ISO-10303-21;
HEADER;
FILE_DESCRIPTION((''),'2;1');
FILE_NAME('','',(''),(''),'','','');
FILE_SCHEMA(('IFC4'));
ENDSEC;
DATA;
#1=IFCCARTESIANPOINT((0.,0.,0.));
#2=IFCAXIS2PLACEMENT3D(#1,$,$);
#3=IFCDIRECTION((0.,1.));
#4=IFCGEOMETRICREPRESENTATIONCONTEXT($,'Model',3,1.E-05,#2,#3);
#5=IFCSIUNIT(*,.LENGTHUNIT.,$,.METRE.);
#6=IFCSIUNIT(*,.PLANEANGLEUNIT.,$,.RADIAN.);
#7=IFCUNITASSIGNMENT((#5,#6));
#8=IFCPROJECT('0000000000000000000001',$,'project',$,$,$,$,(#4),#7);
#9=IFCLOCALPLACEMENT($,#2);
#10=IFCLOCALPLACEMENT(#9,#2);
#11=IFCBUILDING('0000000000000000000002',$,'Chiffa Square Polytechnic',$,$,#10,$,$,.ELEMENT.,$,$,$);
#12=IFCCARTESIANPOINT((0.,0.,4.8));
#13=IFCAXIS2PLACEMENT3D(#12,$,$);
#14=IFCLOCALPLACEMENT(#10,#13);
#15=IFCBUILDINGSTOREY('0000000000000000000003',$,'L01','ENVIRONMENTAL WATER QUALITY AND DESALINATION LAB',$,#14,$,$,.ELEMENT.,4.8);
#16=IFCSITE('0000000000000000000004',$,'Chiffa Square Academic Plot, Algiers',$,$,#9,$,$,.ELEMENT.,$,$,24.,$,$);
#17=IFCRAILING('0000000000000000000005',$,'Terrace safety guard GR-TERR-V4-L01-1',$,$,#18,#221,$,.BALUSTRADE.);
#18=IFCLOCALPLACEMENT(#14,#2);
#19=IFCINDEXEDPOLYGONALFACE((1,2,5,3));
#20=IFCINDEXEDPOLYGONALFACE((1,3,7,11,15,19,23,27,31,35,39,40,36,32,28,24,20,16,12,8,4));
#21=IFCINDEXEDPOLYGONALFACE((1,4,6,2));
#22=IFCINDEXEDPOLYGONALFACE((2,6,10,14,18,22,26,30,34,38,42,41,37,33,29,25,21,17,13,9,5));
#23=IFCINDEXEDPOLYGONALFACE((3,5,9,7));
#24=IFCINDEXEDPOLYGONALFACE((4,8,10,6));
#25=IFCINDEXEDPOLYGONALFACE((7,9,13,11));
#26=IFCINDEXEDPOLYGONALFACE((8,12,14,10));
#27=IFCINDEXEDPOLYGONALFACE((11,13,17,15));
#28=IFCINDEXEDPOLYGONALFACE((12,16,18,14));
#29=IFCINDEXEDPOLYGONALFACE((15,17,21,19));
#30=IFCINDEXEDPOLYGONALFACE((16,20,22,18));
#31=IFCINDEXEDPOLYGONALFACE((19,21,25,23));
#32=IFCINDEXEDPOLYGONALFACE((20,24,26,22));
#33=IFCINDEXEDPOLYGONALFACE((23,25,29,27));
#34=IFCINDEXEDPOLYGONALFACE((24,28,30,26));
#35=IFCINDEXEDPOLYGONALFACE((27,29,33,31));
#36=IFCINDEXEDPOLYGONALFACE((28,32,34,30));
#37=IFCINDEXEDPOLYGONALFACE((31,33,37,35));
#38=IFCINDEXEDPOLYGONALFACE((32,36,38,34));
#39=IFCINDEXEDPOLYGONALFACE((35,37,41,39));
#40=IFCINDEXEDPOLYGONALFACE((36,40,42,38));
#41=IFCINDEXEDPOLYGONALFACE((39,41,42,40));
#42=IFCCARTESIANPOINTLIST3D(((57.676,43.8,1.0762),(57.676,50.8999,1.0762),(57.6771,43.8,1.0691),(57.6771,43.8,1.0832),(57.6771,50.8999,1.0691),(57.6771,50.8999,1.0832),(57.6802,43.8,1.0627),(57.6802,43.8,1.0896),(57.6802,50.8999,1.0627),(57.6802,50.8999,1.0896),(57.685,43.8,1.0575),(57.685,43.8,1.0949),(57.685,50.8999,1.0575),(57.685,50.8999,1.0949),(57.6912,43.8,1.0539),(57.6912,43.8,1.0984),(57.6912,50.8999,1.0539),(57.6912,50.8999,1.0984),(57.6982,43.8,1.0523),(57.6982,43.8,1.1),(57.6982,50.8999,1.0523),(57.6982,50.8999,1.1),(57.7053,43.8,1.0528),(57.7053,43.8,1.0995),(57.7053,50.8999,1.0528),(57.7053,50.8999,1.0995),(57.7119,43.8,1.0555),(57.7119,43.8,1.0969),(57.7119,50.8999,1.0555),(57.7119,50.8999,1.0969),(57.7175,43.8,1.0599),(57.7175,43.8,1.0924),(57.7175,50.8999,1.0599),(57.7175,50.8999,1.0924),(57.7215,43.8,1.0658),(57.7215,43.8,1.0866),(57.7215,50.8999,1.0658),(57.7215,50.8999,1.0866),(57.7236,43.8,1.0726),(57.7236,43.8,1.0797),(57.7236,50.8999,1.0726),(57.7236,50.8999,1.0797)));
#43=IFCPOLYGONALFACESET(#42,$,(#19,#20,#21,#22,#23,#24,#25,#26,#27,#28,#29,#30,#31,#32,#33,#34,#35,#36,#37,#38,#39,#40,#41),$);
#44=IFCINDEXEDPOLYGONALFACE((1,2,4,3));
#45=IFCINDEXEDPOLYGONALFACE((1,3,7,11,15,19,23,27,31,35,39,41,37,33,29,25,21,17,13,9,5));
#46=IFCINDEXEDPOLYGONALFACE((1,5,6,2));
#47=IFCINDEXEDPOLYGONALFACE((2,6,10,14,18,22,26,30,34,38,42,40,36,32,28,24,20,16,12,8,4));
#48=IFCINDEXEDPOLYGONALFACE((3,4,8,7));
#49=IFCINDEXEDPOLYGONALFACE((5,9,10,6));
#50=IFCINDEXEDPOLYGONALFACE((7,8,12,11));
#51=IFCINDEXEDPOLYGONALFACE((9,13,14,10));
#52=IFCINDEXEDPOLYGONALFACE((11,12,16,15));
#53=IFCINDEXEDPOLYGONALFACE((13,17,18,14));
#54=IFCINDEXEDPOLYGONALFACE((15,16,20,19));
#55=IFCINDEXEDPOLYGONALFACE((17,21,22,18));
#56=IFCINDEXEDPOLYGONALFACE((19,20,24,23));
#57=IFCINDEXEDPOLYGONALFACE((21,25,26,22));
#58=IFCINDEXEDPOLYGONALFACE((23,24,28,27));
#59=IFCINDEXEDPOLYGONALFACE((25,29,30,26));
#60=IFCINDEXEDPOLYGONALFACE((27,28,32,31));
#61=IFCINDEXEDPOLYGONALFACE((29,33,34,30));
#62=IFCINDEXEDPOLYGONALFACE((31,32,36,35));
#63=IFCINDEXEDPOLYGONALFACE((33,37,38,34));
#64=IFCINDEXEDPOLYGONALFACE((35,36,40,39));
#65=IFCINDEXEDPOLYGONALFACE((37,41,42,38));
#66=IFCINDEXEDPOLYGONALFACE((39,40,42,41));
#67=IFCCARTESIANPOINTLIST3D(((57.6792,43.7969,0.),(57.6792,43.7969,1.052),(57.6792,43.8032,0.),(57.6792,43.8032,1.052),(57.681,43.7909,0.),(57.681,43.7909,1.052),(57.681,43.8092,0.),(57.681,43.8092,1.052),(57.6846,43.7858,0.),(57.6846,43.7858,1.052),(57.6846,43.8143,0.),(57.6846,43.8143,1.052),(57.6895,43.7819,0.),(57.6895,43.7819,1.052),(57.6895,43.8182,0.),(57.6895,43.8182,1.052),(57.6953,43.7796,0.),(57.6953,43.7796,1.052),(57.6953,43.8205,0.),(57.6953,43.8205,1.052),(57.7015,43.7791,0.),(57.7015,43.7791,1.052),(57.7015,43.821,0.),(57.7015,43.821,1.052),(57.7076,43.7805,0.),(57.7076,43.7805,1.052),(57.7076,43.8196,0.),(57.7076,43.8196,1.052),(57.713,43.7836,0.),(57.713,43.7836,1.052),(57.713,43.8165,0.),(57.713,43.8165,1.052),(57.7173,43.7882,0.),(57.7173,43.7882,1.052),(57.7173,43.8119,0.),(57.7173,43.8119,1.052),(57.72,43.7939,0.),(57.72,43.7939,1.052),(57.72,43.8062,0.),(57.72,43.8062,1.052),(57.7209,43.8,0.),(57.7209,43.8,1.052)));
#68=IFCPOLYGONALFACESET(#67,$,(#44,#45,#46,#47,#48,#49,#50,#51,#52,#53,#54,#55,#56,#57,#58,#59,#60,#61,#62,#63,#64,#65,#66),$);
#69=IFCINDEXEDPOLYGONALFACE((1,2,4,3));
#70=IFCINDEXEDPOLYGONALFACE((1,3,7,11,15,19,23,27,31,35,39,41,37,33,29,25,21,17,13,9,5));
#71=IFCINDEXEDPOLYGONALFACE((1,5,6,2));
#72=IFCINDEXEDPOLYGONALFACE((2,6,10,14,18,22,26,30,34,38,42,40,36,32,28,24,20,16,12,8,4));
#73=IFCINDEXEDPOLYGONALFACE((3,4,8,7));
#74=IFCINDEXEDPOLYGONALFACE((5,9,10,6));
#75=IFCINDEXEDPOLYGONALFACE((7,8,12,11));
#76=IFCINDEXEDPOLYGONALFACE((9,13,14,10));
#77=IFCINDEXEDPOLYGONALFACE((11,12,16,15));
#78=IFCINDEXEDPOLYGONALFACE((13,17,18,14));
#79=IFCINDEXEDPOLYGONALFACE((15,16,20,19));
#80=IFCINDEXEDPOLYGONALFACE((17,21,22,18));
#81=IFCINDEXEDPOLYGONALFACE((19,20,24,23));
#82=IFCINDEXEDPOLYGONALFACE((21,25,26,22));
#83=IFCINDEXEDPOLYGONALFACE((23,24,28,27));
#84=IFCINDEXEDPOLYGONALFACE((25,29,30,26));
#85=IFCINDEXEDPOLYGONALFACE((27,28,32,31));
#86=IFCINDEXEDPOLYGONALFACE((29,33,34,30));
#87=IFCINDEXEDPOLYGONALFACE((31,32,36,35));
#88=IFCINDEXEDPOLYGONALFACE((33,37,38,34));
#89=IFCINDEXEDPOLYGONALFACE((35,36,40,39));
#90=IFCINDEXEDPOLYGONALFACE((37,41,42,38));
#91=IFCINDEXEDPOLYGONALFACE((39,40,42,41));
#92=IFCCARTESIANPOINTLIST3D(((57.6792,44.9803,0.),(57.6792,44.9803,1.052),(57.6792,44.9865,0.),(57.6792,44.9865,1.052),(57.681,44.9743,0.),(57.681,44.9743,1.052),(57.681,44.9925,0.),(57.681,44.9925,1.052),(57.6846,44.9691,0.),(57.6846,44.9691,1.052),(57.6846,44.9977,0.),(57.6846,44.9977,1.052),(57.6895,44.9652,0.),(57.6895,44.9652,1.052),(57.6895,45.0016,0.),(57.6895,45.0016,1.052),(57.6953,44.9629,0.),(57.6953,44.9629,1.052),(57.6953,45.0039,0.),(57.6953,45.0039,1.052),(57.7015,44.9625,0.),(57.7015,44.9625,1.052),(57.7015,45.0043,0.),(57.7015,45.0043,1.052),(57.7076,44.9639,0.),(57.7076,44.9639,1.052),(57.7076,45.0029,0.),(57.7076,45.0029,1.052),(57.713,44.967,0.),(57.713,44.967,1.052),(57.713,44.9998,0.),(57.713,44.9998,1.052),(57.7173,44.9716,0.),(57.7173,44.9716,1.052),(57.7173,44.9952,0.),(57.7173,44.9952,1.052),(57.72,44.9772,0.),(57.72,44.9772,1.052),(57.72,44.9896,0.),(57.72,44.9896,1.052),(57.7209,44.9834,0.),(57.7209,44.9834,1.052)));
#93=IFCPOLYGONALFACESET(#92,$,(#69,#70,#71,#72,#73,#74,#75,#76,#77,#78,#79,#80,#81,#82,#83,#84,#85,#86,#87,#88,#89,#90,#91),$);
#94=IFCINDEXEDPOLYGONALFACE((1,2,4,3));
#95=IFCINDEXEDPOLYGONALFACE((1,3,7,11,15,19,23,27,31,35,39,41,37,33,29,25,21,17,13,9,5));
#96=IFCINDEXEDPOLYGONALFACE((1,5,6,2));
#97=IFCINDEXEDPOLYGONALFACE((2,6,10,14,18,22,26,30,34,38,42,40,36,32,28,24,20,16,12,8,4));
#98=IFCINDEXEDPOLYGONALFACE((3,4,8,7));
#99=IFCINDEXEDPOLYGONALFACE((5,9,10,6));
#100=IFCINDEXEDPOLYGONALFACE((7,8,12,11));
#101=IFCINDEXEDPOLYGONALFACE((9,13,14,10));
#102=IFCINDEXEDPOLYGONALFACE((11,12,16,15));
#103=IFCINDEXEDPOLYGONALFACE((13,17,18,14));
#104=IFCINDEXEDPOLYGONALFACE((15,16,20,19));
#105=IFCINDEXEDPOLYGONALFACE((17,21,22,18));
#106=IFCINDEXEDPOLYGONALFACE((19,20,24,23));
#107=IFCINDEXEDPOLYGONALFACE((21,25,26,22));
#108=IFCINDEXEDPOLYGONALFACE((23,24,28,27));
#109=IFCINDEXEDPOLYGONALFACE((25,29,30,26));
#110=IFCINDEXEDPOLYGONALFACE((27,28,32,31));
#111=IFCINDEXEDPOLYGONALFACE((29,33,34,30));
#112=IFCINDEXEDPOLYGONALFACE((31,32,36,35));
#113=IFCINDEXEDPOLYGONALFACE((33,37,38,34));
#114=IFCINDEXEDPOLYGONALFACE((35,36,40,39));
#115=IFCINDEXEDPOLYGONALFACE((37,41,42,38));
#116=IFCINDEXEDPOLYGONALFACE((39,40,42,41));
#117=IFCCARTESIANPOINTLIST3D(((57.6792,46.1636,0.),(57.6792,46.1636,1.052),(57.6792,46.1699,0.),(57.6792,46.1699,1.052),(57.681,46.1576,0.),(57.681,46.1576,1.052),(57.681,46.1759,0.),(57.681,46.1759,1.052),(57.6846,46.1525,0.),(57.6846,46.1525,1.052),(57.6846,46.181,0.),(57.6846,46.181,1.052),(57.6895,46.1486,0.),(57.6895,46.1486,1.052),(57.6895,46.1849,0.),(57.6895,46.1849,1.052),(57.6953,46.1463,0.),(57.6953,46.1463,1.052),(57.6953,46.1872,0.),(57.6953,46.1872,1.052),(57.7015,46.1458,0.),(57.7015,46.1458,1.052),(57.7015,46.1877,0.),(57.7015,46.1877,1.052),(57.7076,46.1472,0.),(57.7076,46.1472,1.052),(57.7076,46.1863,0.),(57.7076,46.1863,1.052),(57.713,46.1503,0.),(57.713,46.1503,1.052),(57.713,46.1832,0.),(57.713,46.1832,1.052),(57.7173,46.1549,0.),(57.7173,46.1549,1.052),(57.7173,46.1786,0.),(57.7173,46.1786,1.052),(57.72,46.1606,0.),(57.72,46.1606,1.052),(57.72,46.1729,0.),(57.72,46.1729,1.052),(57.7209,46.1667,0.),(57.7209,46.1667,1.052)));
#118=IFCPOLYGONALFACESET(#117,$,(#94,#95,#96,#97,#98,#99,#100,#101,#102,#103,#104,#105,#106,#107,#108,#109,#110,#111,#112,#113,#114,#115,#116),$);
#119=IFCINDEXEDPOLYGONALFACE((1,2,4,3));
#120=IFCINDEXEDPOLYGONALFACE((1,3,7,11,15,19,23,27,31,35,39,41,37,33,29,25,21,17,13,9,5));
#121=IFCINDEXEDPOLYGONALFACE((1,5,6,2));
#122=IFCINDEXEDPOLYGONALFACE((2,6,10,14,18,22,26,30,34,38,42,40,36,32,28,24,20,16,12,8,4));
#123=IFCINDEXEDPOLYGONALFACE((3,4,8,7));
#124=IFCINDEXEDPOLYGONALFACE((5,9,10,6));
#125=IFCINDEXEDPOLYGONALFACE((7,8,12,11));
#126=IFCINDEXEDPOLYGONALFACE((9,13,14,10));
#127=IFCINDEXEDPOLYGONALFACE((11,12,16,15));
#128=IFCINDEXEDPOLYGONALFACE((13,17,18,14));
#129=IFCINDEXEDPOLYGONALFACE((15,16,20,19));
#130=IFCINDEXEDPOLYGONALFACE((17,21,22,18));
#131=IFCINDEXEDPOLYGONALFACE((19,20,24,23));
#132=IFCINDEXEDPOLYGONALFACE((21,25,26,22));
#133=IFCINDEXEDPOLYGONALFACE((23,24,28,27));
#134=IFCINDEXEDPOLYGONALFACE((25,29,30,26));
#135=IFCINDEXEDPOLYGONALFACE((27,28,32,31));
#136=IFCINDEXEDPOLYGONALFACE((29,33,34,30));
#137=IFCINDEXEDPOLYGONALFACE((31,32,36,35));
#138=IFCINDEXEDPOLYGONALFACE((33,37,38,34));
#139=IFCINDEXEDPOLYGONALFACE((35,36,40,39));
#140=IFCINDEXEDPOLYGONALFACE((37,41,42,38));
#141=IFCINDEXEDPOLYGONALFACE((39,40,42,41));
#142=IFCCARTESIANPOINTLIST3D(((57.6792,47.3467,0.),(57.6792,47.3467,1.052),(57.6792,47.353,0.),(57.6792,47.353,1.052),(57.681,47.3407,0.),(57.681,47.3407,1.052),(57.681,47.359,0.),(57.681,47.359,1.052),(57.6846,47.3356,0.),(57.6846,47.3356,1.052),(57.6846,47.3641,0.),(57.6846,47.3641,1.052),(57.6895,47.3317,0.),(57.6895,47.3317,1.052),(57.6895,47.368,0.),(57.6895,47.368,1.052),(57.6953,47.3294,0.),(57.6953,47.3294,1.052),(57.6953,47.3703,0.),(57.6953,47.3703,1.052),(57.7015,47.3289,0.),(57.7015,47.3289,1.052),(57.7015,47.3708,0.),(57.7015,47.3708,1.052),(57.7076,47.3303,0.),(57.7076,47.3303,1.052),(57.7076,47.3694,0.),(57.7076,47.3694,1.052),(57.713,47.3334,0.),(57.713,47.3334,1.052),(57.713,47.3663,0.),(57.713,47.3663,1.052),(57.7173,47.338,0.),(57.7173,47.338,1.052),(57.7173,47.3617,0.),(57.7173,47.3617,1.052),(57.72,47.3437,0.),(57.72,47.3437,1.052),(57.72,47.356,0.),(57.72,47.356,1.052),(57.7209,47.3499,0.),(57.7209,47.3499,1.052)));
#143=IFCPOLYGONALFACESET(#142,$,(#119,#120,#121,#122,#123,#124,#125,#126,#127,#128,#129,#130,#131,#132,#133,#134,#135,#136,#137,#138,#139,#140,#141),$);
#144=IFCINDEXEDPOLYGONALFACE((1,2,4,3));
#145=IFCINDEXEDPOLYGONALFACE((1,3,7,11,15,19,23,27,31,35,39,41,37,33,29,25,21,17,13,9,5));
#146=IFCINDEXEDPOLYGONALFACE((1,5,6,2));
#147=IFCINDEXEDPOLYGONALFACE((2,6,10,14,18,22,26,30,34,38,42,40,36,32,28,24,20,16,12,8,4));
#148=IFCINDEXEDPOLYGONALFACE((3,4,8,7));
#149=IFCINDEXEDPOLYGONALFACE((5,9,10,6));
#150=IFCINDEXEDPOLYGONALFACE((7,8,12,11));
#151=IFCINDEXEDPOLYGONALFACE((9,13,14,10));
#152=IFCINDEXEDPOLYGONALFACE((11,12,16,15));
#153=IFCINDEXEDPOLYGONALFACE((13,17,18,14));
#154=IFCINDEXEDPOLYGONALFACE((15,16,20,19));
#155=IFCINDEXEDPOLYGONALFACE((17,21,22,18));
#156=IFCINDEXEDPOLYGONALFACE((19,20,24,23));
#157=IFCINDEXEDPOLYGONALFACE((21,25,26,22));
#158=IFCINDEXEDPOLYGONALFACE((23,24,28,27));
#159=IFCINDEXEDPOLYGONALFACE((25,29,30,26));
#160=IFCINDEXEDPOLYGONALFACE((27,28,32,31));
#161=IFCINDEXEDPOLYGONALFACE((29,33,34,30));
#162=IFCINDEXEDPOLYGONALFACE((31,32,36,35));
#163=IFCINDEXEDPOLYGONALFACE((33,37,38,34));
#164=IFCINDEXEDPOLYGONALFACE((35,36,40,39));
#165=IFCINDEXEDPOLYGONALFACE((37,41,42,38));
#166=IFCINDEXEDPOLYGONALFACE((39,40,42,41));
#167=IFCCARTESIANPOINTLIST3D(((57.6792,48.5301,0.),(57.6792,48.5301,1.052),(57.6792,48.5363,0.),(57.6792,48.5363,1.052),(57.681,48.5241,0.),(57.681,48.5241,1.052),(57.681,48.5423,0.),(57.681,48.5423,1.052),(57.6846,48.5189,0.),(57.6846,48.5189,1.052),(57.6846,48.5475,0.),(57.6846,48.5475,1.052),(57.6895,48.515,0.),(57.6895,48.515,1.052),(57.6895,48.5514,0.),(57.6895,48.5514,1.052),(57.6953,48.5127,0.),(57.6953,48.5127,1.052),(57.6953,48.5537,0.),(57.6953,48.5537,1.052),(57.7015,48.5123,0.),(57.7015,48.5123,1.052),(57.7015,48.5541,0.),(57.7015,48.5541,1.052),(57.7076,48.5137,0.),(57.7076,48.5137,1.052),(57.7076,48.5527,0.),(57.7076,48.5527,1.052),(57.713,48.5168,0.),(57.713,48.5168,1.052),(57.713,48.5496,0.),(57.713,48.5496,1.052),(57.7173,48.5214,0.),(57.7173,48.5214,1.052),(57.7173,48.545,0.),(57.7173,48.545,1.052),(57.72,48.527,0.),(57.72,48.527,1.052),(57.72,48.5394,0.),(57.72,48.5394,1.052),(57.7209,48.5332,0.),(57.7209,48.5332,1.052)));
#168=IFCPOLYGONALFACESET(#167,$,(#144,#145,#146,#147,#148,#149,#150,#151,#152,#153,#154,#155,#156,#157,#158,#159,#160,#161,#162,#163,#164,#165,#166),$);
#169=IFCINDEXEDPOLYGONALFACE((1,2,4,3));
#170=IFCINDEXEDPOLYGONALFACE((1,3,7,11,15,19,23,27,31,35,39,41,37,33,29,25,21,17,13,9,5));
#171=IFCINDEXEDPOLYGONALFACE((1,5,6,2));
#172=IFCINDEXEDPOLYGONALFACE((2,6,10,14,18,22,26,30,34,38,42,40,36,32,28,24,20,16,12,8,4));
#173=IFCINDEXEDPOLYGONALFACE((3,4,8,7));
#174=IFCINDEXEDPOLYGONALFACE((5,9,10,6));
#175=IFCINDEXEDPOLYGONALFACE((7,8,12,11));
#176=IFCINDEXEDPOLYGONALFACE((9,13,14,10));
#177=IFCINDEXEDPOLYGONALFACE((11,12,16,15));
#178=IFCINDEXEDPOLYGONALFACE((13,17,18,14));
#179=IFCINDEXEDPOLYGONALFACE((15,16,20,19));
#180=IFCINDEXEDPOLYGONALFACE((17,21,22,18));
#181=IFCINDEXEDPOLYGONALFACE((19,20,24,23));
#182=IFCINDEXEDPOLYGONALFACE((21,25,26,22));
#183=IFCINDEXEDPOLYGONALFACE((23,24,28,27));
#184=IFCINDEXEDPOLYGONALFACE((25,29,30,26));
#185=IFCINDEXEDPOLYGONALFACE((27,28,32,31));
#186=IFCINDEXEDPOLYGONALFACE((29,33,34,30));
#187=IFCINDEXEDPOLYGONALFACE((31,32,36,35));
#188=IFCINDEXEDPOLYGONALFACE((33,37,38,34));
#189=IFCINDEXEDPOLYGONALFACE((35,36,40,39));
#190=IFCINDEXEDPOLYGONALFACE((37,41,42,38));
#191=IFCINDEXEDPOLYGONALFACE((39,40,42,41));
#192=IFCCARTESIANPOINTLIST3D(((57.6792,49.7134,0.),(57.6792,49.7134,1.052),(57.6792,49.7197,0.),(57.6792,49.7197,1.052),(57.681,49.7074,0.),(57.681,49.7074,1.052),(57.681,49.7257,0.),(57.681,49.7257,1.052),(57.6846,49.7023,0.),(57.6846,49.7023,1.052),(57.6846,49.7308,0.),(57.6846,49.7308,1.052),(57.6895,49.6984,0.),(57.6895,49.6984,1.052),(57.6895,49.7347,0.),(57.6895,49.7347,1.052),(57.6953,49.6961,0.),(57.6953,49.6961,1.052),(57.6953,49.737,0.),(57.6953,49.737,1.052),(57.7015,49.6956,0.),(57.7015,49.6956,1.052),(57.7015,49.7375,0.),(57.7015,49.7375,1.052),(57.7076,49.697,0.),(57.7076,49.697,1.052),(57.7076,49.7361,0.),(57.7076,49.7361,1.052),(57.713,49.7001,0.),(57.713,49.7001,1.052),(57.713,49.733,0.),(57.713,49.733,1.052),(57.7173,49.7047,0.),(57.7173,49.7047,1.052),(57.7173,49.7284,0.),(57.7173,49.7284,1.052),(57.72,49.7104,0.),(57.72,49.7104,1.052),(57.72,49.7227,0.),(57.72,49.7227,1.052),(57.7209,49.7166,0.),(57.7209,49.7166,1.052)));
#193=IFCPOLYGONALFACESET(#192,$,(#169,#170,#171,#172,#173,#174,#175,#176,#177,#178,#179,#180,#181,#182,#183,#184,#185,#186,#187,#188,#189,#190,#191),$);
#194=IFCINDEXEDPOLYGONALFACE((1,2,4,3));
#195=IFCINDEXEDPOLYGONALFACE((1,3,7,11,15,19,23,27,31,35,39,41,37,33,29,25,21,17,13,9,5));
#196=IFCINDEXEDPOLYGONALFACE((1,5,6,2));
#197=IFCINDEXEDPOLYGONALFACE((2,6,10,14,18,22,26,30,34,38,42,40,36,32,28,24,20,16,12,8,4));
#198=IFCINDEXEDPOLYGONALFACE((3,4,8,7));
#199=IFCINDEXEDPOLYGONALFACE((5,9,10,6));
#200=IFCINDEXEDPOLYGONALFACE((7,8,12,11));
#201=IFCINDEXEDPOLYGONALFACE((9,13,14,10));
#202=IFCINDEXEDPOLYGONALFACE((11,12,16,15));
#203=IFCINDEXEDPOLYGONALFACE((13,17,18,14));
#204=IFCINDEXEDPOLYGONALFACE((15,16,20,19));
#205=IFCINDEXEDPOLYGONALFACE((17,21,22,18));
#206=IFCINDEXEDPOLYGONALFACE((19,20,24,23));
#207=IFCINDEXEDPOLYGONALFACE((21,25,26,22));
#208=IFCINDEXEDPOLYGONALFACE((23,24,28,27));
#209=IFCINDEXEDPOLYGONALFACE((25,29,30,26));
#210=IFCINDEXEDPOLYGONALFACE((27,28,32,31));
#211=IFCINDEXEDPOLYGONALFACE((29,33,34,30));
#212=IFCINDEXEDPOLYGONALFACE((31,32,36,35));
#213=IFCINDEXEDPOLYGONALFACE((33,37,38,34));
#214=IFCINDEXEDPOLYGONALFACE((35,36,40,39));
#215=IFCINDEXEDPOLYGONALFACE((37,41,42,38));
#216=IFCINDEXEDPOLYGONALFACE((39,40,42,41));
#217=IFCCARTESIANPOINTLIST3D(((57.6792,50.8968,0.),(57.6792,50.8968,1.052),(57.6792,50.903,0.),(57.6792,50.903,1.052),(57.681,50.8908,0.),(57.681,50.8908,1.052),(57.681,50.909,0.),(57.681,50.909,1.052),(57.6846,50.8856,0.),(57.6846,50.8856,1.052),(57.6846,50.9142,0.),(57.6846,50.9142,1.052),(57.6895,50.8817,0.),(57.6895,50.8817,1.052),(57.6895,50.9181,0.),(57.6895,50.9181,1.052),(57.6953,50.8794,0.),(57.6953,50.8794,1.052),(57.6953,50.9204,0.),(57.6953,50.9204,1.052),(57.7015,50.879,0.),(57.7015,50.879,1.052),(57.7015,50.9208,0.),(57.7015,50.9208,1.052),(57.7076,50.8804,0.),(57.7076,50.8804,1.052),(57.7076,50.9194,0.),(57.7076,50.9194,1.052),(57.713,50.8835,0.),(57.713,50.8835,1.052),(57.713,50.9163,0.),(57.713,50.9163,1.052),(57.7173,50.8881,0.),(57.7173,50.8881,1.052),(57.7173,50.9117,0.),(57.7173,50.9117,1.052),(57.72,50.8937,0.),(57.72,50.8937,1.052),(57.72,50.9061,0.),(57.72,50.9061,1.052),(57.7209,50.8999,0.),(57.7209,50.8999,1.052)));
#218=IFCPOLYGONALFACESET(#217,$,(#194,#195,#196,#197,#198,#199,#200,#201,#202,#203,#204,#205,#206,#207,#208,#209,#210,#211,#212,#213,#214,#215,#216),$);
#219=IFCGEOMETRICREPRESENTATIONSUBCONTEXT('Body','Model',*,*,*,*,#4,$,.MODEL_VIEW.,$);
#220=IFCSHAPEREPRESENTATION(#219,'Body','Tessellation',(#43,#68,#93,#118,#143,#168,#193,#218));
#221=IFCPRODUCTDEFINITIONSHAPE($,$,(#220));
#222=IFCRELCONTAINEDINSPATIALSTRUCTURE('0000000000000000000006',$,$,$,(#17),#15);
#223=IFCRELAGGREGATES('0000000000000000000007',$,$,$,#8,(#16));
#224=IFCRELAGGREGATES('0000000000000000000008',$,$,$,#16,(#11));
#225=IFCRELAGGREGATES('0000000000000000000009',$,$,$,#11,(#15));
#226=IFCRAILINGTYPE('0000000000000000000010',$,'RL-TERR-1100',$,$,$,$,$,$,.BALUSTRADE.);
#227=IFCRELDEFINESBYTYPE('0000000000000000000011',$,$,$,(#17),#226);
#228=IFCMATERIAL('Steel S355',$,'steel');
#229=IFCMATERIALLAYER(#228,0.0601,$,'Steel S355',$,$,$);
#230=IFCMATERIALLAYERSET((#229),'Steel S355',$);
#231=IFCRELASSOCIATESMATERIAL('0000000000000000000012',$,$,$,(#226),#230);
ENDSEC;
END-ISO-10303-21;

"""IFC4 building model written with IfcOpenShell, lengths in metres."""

from ifc_helpers import new_model, si_unit, direction, frame, origin, origin_2d, place, context, subcontext, project, spatial, circle, extrude, material, layer, layer_set, type_object, element, save


model = new_model("IFC4")

# Units and contexts
model_context = context("Model", 3, precision=1e-05, world=origin(), true_north=direction((0.0, 1.0)))
body_context = subcontext(model_context, "Body", "Model", "MODEL_VIEW")
ifc_project = project(units=[si_unit("LENGTHUNIT", "METRE"), si_unit("PLANEANGLEUNIT", "RADIAN")], contexts=[model_context])

# Site, building, storey
site_placement = place(None, origin())
site = spatial("IfcSite", under=ifc_project, at=site_placement, Name="Chiffa Square Academic Plot, Algiers", CompositionType="ELEMENT", RefElevation=24.0)
building_placement = place(site_placement, origin())
building = spatial("IfcBuilding", under=site, at=building_placement, Name="Chiffa Square Polytechnic", CompositionType="ELEMENT")
storey_placement = place(building_placement, frame((0.0, 0.0, 4.8)))
storey = spatial("IfcBuildingStorey", under=building, at=storey_placement, Name="L01", Description="ENVIRONMENTAL WATER QUALITY AND DESALINATION LAB", CompositionType="ELEMENT", Elevation=4.8)

# Railing
ifc_material_1 = material(Name="Steel S355", Category="steel")
ifc_layer_1 = layer(ifc_material_1, 0.0601, Name="Steel S355")
ifc_layer_set_1 = layer_set([ifc_layer_1], Name="Steel S355")
railing_type = type_object("IfcRailingType", Name="RL-TERR-1100", PredefinedType="BALUSTRADE", material=ifc_layer_set_1)
railing_1_placement = place(storey_placement, frame((57.7, 43.8, 0.0)))
element("IfcRailing", 1, at=railing_1_placement, inside=storey, type_object=railing_type, Name="Terrace safety guard GR-TERR-V4-L01-1", PredefinedType="BALUSTRADE", context=body_context, shape_type="SweptSolid", body=[
    extrude(circle(Radius=0.0239, at=origin_2d()), frame((0.0, 0.0, 1.0762), z_axis=(0.0, 1.0, 0.0), x_axis=(-1.0, 0.0, 0.0)), (0.0, 0.0, 1.0), 7.0999),
    extrude(circle(Radius=0.021, at=origin_2d()), origin(), (0.0, 0.0, 1.0), 1.052),
    extrude(circle(Radius=0.021, at=origin_2d()), frame((0.0, 1.1833, 0.0)), (0.0, 0.0, 1.0), 1.052),
    extrude(circle(Radius=0.021, at=origin_2d()), frame((0.0, 2.3667, 0.0)), (0.0, 0.0, 1.0), 1.052),
    extrude(circle(Radius=0.021, at=origin_2d()), frame((0.0, 3.5498, 0.0)), (0.0, 0.0, 1.0), 1.052),
    extrude(circle(Radius=0.021, at=origin_2d()), frame((0.0, 4.7332, 0.0)), (0.0, 0.0, 1.0), 1.052),
    extrude(circle(Radius=0.021, at=origin_2d()), frame((0.0, 5.9165, 0.0)), (0.0, 0.0, 1.0), 1.052),
    extrude(circle(Radius=0.021, at=origin_2d()), frame((0.0, 7.0999, 0.0)), (0.0, 0.0, 1.0), 1.052),
])

save(model, "model.ifc")
